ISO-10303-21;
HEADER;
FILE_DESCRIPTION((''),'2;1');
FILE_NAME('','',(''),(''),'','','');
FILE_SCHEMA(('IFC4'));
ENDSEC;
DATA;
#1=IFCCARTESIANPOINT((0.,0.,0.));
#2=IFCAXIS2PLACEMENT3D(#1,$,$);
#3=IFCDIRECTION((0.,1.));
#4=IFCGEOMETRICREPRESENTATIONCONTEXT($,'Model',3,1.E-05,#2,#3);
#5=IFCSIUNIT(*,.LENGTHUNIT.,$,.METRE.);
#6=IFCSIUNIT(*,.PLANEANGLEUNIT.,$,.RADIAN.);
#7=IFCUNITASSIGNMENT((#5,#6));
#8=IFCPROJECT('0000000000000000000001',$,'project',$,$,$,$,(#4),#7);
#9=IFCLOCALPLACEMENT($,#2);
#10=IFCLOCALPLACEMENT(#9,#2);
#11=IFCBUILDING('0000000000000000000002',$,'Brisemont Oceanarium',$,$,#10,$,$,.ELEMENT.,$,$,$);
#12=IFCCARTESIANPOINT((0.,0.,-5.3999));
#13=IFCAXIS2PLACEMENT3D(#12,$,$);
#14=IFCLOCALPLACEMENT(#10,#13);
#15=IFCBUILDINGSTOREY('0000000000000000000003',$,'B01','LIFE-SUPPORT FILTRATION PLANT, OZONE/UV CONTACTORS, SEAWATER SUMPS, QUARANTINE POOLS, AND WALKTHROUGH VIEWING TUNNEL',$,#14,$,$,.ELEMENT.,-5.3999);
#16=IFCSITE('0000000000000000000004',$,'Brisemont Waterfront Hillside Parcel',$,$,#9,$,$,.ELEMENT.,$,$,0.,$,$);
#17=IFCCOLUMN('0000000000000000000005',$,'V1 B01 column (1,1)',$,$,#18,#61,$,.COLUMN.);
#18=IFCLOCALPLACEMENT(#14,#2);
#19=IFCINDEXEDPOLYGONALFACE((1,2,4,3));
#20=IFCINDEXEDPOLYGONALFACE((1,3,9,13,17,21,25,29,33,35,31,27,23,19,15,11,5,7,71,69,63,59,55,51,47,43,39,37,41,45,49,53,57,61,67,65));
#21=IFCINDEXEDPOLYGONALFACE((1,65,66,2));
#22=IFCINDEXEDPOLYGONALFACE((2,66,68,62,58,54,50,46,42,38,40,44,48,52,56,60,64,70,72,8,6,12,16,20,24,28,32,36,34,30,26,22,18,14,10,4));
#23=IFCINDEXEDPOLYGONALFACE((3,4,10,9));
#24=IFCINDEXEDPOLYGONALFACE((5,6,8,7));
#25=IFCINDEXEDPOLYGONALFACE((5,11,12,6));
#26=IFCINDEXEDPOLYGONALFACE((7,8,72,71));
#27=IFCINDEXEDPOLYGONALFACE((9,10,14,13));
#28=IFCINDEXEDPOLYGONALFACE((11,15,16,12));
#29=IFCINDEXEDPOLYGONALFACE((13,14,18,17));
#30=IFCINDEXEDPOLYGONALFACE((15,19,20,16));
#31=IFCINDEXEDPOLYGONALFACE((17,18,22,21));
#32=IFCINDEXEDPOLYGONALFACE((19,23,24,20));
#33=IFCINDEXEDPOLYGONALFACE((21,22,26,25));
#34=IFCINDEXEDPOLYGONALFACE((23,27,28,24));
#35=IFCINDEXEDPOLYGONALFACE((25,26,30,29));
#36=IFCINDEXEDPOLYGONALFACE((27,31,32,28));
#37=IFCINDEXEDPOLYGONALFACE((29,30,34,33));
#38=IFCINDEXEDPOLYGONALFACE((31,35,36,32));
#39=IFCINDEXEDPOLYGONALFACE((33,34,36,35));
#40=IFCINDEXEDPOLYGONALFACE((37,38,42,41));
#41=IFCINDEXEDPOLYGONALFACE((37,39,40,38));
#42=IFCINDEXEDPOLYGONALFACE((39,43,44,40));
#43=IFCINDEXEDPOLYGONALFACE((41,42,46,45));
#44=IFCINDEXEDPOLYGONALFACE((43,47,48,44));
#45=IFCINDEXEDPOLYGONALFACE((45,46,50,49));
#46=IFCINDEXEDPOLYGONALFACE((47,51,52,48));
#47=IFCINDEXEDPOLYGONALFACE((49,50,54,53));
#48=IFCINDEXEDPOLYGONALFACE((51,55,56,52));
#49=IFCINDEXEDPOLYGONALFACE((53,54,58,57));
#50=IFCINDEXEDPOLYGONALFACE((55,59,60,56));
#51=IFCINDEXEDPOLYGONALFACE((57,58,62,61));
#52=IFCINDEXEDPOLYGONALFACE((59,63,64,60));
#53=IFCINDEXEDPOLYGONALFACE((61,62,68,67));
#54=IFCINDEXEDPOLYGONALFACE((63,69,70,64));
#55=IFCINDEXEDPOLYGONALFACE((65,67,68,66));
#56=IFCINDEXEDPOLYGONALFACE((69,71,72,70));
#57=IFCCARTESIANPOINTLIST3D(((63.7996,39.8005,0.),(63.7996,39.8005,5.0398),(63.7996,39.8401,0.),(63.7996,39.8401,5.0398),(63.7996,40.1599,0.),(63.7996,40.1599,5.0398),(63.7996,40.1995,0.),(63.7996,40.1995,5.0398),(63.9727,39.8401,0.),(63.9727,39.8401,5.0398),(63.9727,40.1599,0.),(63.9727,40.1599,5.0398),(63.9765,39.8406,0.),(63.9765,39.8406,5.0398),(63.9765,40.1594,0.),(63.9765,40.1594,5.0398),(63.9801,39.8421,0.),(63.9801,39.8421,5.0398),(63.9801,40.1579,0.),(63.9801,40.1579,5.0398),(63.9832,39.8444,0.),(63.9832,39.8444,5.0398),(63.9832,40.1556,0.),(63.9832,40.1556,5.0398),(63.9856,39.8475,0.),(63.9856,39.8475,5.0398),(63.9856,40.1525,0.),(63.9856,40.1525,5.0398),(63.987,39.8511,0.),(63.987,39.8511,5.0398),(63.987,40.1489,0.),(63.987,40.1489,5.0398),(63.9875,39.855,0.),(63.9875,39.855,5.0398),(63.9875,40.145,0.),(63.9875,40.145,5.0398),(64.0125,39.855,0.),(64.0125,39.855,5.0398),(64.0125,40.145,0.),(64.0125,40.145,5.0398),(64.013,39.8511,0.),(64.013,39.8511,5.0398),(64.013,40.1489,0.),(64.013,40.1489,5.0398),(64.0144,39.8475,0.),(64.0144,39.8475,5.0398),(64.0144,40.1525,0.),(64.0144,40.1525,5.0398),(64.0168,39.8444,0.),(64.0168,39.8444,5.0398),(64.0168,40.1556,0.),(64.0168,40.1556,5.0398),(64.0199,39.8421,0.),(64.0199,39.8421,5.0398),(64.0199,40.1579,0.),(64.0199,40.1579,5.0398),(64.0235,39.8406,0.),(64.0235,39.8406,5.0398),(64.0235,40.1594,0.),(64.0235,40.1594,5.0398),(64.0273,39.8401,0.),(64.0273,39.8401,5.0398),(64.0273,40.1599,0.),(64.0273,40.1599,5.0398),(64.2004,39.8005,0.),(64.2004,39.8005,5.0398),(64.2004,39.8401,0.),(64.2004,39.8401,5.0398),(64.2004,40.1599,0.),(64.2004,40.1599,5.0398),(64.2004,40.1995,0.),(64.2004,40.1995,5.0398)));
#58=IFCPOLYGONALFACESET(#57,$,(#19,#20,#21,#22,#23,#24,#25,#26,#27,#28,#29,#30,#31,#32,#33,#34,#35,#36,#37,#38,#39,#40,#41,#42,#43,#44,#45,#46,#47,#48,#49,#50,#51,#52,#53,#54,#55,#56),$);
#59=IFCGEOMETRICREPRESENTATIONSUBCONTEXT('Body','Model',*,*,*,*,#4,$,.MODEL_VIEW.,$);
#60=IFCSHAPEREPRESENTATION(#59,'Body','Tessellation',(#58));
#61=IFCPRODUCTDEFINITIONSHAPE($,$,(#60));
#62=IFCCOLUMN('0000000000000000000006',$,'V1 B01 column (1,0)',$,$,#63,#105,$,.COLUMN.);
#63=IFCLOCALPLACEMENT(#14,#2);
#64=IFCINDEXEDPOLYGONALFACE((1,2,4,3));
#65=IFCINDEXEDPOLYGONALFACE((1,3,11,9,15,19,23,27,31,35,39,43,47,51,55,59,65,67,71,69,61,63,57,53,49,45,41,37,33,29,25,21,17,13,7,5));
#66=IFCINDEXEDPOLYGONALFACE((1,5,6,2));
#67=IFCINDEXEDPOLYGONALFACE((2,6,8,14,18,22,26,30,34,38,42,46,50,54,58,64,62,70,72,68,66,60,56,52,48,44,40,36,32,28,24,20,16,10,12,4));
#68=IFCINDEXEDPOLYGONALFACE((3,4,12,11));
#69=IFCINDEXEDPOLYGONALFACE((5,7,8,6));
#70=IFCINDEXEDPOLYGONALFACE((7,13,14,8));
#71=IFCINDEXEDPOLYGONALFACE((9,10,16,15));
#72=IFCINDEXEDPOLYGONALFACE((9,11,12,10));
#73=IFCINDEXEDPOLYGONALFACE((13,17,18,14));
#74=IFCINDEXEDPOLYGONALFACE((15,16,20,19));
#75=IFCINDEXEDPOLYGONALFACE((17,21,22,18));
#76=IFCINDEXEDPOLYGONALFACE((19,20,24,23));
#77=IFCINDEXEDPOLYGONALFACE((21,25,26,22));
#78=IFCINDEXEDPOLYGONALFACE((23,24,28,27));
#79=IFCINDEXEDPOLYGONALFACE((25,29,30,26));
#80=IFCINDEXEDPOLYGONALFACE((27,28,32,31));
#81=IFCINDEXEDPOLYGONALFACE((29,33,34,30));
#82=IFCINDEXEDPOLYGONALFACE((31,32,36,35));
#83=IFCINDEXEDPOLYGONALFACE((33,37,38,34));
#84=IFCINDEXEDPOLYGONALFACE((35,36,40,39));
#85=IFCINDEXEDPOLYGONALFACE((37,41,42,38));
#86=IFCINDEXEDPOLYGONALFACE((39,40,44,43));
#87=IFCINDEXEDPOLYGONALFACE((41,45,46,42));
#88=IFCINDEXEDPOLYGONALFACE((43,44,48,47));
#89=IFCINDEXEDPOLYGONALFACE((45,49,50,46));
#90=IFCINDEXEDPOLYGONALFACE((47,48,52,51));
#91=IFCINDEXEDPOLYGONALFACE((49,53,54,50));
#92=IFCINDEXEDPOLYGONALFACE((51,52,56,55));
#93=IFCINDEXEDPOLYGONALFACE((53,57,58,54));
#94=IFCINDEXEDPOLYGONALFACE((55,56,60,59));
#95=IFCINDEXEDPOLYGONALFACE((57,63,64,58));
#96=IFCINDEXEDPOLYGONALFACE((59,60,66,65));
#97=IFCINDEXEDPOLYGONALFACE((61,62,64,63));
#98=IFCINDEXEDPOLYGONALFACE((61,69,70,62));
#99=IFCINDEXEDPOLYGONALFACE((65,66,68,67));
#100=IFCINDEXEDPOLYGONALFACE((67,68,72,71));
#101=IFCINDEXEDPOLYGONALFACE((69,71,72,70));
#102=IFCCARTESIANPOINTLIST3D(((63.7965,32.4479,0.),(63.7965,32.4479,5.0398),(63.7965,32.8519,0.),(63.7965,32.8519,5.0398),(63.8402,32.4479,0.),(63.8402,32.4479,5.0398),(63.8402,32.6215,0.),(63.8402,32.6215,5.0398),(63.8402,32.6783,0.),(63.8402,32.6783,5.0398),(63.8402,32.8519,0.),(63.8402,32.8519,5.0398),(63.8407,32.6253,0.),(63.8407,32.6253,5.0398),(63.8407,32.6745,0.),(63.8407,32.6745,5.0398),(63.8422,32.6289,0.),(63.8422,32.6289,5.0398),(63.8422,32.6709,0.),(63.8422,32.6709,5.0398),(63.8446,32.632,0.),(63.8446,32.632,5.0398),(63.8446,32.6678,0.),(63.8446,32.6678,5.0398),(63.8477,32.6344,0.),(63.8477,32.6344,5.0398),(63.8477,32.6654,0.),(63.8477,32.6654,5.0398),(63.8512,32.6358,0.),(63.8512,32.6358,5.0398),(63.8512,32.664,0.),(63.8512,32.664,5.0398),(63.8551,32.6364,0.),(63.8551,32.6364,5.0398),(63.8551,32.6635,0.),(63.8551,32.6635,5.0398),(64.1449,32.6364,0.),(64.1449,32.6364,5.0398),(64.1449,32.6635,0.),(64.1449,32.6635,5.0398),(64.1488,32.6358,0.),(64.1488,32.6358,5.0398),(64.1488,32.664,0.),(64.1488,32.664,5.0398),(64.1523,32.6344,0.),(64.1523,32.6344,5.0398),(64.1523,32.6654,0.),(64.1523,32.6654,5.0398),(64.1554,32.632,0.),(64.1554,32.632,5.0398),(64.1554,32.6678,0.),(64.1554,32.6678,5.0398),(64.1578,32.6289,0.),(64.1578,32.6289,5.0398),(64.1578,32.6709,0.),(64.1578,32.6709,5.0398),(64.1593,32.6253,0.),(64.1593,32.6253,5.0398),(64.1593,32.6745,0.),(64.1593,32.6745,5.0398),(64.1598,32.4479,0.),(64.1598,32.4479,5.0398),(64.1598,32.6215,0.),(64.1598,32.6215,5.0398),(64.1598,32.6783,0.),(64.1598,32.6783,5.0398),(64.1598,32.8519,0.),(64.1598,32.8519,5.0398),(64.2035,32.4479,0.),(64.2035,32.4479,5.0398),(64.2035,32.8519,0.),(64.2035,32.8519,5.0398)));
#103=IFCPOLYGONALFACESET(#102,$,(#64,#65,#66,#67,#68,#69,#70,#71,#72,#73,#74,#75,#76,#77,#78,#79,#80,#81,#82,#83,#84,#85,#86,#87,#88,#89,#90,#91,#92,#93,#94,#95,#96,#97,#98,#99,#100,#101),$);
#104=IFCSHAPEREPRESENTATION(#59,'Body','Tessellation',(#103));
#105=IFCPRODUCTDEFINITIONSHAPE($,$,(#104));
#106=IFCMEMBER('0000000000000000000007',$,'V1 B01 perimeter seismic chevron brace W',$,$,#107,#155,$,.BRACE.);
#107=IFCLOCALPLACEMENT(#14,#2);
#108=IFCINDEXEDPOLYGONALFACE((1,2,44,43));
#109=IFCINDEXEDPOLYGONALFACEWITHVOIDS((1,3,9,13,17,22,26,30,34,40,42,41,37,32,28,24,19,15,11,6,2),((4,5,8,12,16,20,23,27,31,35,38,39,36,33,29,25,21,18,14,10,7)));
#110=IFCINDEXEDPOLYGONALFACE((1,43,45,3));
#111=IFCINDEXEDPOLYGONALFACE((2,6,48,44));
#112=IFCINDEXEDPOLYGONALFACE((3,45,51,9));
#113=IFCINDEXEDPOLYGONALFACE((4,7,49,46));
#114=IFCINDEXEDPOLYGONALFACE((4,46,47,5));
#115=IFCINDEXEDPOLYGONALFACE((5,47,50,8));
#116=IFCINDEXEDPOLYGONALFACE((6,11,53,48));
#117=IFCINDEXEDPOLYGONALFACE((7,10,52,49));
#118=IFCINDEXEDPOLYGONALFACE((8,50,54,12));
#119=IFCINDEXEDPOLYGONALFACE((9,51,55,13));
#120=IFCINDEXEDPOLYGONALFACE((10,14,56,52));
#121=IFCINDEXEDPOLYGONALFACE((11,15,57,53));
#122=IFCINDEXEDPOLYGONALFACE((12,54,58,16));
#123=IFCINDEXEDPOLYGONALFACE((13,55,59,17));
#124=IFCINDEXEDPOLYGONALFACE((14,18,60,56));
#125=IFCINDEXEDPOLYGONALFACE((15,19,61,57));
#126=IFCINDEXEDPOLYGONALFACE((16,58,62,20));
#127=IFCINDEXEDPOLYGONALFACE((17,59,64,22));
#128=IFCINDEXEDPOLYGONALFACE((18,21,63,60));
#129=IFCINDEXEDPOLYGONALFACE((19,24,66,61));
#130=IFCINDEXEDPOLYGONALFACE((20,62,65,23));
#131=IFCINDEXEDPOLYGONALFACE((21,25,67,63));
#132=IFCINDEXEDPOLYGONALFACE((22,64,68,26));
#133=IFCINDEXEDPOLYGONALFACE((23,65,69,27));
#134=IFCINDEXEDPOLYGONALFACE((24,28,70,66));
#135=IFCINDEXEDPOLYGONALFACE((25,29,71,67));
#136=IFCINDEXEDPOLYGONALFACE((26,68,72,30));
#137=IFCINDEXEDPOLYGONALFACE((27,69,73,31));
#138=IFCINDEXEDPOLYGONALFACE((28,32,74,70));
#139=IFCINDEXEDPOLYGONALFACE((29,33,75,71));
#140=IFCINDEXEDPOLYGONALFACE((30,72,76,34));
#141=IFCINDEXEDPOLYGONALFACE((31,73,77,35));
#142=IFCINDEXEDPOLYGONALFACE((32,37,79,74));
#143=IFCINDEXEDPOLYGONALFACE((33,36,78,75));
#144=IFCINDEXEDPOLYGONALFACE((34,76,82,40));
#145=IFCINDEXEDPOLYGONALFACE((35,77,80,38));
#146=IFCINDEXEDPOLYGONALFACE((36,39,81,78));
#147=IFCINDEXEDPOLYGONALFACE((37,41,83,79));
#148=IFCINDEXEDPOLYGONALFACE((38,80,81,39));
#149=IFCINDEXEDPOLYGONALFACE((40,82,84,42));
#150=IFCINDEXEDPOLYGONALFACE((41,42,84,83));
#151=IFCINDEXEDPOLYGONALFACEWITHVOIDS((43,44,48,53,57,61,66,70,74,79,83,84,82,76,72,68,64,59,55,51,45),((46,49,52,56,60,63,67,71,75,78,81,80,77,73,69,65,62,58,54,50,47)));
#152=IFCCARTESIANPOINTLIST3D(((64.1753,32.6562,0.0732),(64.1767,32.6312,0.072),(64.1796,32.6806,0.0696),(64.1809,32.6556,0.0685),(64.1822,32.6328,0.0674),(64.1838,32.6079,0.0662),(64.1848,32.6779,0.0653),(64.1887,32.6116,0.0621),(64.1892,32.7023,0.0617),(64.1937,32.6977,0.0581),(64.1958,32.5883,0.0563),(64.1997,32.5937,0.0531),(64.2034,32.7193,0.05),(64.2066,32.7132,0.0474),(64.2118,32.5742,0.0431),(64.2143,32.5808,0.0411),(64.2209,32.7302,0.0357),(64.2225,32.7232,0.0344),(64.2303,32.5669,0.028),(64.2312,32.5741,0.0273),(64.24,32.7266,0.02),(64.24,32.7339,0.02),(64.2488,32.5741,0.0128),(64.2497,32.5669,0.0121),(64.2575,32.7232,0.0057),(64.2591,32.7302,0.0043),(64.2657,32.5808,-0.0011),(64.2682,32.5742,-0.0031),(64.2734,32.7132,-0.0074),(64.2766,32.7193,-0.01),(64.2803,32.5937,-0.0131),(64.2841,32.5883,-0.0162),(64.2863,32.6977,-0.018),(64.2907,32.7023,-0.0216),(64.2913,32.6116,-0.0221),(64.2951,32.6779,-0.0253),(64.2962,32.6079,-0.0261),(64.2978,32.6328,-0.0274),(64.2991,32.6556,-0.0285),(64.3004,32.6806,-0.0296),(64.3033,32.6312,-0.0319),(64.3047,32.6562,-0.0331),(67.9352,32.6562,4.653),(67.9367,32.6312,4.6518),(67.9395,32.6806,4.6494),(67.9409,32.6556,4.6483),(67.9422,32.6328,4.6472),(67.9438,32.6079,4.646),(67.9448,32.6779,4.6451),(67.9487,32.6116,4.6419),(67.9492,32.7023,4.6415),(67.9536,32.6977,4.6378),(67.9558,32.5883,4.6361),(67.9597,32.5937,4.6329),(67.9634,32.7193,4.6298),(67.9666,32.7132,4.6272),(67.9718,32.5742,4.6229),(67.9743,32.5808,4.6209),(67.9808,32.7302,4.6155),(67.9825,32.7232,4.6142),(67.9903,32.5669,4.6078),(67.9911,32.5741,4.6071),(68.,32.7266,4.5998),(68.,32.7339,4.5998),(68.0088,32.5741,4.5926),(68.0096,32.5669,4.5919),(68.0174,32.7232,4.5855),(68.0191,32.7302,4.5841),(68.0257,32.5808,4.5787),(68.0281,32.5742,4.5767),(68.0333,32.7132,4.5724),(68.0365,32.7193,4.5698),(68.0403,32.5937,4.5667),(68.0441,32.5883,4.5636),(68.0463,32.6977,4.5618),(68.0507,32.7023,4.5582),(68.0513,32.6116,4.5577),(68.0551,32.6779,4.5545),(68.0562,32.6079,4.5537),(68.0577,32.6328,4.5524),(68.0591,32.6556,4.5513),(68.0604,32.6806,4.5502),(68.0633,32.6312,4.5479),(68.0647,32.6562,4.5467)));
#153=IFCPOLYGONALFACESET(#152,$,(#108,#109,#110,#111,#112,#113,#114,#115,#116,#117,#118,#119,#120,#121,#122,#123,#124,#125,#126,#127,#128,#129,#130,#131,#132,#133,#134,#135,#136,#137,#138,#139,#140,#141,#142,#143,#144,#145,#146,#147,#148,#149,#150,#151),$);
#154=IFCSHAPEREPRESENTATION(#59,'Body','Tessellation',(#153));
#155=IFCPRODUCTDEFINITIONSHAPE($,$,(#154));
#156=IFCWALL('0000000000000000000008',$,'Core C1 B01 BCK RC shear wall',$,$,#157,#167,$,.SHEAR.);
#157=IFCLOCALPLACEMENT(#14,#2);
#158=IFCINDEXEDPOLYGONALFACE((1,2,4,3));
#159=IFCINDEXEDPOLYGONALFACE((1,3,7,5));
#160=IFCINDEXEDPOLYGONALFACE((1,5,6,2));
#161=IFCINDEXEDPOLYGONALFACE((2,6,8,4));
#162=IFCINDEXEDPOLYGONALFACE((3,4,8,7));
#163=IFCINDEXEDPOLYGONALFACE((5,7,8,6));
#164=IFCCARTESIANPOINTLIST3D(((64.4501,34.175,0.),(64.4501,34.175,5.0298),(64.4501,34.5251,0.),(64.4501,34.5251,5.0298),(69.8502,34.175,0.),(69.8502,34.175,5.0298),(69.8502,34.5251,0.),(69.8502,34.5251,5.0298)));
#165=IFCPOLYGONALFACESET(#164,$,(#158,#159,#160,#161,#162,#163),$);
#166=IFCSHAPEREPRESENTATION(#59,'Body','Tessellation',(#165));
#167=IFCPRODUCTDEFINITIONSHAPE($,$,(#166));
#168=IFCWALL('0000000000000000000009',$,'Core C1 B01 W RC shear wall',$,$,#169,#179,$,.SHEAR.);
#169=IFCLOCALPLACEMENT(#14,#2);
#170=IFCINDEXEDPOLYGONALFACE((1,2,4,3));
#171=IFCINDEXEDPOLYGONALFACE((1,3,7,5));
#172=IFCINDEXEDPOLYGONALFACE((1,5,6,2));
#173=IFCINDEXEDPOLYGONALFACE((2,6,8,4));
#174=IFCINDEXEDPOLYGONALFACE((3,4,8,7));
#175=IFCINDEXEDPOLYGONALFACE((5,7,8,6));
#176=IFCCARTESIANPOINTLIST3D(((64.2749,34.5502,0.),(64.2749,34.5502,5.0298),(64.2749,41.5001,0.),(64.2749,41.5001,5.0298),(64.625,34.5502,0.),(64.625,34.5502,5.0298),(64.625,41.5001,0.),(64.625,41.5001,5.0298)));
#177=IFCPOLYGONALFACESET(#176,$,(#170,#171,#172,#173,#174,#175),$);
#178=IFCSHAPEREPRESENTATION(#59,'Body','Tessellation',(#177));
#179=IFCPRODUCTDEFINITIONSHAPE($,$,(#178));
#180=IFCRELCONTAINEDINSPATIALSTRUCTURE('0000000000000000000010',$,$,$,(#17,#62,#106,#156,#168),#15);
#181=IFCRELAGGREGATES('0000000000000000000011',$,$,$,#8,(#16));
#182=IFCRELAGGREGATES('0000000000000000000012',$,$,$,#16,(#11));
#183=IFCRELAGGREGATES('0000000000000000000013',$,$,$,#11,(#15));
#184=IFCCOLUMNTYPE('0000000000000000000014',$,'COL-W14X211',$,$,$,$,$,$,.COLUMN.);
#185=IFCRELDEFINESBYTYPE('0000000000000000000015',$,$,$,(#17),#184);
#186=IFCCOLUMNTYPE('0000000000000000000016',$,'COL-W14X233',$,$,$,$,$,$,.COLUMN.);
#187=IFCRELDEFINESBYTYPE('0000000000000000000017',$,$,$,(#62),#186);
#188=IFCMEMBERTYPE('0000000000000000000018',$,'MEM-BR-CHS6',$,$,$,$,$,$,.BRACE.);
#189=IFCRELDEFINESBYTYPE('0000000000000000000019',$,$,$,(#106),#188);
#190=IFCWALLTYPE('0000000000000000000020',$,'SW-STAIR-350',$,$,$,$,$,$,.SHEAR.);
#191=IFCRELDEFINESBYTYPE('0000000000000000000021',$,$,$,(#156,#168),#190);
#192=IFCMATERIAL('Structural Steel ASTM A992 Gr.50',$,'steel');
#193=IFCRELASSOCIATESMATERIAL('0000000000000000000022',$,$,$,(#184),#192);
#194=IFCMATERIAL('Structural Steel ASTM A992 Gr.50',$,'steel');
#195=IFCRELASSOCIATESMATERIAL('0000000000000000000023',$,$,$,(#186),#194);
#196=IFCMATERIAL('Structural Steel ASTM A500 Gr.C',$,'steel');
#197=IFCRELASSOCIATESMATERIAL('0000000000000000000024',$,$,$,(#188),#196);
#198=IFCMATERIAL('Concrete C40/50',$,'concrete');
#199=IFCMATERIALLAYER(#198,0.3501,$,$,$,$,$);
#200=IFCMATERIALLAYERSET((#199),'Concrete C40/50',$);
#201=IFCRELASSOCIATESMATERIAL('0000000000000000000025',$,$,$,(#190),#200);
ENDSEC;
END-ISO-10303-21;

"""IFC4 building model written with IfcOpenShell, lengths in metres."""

from ifc_helpers import new_model, si_unit, direction, frame, frame_2d, origin, origin_2d, place, context, subcontext, project, spatial, rectangle, hollow_circle, i_section, extrude, material, layer, layer_set, material_profile, profile_set, type_object, element, save


model = new_model("IFC4")

# Units and contexts
model_context = context("Model", 3, precision=1e-05, world=origin(), true_north=direction((0.0, 1.0)))
body_context = subcontext(model_context, "Body", "Model", "MODEL_VIEW")
ifc_project = project(units=[si_unit("LENGTHUNIT", "METRE"), si_unit("PLANEANGLEUNIT", "RADIAN")], contexts=[model_context])

# Site, building, storey
site_placement = place(None, origin())
site = spatial("IfcSite", under=ifc_project, at=site_placement, Name="Brisemont Waterfront Hillside Parcel", CompositionType="ELEMENT", RefElevation=0.0)
building_placement = place(site_placement, origin())
building = spatial("IfcBuilding", under=site, at=building_placement, Name="Brisemont Oceanarium", CompositionType="ELEMENT")
storey_placement = place(building_placement, frame((0.0, 0.0, -5.3999)))
storey = spatial("IfcBuildingStorey", under=building, at=storey_placement, Name="B01", Description="LIFE-SUPPORT FILTRATION PLANT, OZONE/UV CONTACTORS, SEAWATER SUMPS, QUARANTINE POOLS, AND WALKTHROUGH VIEWING TUNNEL", CompositionType="ELEMENT", Elevation=-5.3999)

# Columns
ifc_material_1 = material(Name="Structural Steel ASTM A992 Gr.50", Category="steel")
ifc_material_profile_1 = material_profile(ifc_material_1, i_section(OverallWidth=0.4009, OverallDepth=0.3989, WebThickness=0.0249, FlangeThickness=0.0396, FilletRadius=0.0149, at=origin_2d()), Name="W14X211")
ifc_profile_set_1 = profile_set([ifc_material_profile_1], Name="Structural Steel ASTM A992 Gr.50")
column_type_1 = type_object("IfcColumnType", Name="COL-W14X211", PredefinedType="COLUMN", material=ifc_profile_set_1)
column_1_placement = place(storey_placement, frame((64.0, 40.0, 0.0), z_axis=(0.0, 0.0, 1.0), x_axis=(1.0, 0.0, 0.0)))
element("IfcColumn", 1, at=column_1_placement, inside=storey, type_object=column_type_1, Name="V1 B01 column (1,1)", PredefinedType="COLUMN", context=body_context, shape_type="SweptSolid", body=[
    extrude(i_section(OverallWidth=0.4009, OverallDepth=0.3989, WebThickness=0.0249, FlangeThickness=0.0396, FilletRadius=0.0149, at=origin_2d()), origin(), (0.0, 0.0, 1.0), 5.0398),
])
ifc_material_2 = material(Name="Structural Steel ASTM A992 Gr.50", Category="steel")
ifc_material_profile_2 = material_profile(ifc_material_2, i_section(OverallWidth=0.4041, OverallDepth=0.407, WebThickness=0.0271, FlangeThickness=0.0437, FilletRadius=0.0149, at=origin_2d()), Name="W14X233")
ifc_profile_set_2 = profile_set([ifc_material_profile_2], Name="Structural Steel ASTM A992 Gr.50")
column_type_2 = type_object("IfcColumnType", Name="COL-W14X233", PredefinedType="COLUMN", material=ifc_profile_set_2)
column_2_placement = place(storey_placement, frame((64.0, 32.6499, 0.0), z_axis=(0.0, 0.0, 1.0), x_axis=(0.0, 1.0, 0.0)))
element("IfcColumn", 2, at=column_2_placement, inside=storey, type_object=column_type_2, Name="V1 B01 column (1,0)", PredefinedType="COLUMN", context=body_context, shape_type="SweptSolid", body=[
    extrude(i_section(OverallWidth=0.4041, OverallDepth=0.407, WebThickness=0.0271, FlangeThickness=0.0437, FilletRadius=0.0149, at=origin_2d()), origin(), (0.0, 0.0, 1.0), 5.0398),
])

# Member
ifc_material_3 = material(Name="Structural Steel ASTM A500 Gr.C", Category="steel")
ifc_material_profile_3 = material_profile(ifc_material_3, hollow_circle(Radius=0.084, WallThickness=0.0073, at=origin_2d()), Name="HSS6.625X0.312")
ifc_profile_set_3 = profile_set([ifc_material_profile_3], Name="Structural Steel ASTM A500 Gr.C")
member_type = type_object("IfcMemberType", Name="MEM-BR-CHS6", PredefinedType="BRACE", material=ifc_profile_set_3)
member_placement = place(storey_placement, frame((64.24, 32.6499, 0.02), z_axis=(0.634538, 0.0, 0.772892), x_axis=(0.0, 1.0, 0.0)))
element("IfcMember", 3, at=member_placement, inside=storey, type_object=member_type, Name="V1 B01 perimeter seismic chevron brace W", PredefinedType="BRACE", context=body_context, shape_type="SweptSolid", body=[
    extrude(hollow_circle(Radius=0.084, WallThickness=0.0073, at=origin_2d()), origin(), (0.0, 0.0, 1.0), 5.9255),
])

# Shared definitions
ifc_material_4 = material(Name="Concrete C40/50", Category="concrete")
ifc_layer = layer(ifc_material_4, 0.3501)
ifc_layer_set = layer_set([ifc_layer], Name="Concrete C40/50")
wall_type = type_object("IfcWallType", Name="SW-STAIR-350", PredefinedType="SHEAR", material=ifc_layer_set)

# Walls
wall_1_placement = place(storey_placement, frame((64.45, 34.3501, 0.0), z_axis=(0.0, 0.0, 1.0), x_axis=(1.0, 0.0, 0.0)))
element("IfcWall", 4, at=wall_1_placement, inside=storey, type_object=wall_type, Name="Core C1 B01 BCK RC shear wall", PredefinedType="SHEAR", context=body_context, shape_type="SweptSolid", body=[
    extrude(rectangle(XDim=5.4001, YDim=0.3501, at=frame_2d((2.7002, 0.0))), origin(), (0.0, 0.0, 1.0), 5.0298),
])
wall_2_placement = place(storey_placement, frame((64.45, 34.55, 0.0), z_axis=(0.0, 0.0, 1.0), x_axis=(0.0, 1.0, 0.0)))
element("IfcWall", 5, at=wall_2_placement, inside=storey, type_object=wall_type, Name="Core C1 B01 W RC shear wall", PredefinedType="SHEAR", context=body_context, shape_type="SweptSolid", body=[
    extrude(rectangle(XDim=6.95, YDim=0.3501, at=frame_2d((3.4751, 0.0))), origin(), (0.0, 0.0, 1.0), 5.0298),
])

save(model, "model.ifc")
